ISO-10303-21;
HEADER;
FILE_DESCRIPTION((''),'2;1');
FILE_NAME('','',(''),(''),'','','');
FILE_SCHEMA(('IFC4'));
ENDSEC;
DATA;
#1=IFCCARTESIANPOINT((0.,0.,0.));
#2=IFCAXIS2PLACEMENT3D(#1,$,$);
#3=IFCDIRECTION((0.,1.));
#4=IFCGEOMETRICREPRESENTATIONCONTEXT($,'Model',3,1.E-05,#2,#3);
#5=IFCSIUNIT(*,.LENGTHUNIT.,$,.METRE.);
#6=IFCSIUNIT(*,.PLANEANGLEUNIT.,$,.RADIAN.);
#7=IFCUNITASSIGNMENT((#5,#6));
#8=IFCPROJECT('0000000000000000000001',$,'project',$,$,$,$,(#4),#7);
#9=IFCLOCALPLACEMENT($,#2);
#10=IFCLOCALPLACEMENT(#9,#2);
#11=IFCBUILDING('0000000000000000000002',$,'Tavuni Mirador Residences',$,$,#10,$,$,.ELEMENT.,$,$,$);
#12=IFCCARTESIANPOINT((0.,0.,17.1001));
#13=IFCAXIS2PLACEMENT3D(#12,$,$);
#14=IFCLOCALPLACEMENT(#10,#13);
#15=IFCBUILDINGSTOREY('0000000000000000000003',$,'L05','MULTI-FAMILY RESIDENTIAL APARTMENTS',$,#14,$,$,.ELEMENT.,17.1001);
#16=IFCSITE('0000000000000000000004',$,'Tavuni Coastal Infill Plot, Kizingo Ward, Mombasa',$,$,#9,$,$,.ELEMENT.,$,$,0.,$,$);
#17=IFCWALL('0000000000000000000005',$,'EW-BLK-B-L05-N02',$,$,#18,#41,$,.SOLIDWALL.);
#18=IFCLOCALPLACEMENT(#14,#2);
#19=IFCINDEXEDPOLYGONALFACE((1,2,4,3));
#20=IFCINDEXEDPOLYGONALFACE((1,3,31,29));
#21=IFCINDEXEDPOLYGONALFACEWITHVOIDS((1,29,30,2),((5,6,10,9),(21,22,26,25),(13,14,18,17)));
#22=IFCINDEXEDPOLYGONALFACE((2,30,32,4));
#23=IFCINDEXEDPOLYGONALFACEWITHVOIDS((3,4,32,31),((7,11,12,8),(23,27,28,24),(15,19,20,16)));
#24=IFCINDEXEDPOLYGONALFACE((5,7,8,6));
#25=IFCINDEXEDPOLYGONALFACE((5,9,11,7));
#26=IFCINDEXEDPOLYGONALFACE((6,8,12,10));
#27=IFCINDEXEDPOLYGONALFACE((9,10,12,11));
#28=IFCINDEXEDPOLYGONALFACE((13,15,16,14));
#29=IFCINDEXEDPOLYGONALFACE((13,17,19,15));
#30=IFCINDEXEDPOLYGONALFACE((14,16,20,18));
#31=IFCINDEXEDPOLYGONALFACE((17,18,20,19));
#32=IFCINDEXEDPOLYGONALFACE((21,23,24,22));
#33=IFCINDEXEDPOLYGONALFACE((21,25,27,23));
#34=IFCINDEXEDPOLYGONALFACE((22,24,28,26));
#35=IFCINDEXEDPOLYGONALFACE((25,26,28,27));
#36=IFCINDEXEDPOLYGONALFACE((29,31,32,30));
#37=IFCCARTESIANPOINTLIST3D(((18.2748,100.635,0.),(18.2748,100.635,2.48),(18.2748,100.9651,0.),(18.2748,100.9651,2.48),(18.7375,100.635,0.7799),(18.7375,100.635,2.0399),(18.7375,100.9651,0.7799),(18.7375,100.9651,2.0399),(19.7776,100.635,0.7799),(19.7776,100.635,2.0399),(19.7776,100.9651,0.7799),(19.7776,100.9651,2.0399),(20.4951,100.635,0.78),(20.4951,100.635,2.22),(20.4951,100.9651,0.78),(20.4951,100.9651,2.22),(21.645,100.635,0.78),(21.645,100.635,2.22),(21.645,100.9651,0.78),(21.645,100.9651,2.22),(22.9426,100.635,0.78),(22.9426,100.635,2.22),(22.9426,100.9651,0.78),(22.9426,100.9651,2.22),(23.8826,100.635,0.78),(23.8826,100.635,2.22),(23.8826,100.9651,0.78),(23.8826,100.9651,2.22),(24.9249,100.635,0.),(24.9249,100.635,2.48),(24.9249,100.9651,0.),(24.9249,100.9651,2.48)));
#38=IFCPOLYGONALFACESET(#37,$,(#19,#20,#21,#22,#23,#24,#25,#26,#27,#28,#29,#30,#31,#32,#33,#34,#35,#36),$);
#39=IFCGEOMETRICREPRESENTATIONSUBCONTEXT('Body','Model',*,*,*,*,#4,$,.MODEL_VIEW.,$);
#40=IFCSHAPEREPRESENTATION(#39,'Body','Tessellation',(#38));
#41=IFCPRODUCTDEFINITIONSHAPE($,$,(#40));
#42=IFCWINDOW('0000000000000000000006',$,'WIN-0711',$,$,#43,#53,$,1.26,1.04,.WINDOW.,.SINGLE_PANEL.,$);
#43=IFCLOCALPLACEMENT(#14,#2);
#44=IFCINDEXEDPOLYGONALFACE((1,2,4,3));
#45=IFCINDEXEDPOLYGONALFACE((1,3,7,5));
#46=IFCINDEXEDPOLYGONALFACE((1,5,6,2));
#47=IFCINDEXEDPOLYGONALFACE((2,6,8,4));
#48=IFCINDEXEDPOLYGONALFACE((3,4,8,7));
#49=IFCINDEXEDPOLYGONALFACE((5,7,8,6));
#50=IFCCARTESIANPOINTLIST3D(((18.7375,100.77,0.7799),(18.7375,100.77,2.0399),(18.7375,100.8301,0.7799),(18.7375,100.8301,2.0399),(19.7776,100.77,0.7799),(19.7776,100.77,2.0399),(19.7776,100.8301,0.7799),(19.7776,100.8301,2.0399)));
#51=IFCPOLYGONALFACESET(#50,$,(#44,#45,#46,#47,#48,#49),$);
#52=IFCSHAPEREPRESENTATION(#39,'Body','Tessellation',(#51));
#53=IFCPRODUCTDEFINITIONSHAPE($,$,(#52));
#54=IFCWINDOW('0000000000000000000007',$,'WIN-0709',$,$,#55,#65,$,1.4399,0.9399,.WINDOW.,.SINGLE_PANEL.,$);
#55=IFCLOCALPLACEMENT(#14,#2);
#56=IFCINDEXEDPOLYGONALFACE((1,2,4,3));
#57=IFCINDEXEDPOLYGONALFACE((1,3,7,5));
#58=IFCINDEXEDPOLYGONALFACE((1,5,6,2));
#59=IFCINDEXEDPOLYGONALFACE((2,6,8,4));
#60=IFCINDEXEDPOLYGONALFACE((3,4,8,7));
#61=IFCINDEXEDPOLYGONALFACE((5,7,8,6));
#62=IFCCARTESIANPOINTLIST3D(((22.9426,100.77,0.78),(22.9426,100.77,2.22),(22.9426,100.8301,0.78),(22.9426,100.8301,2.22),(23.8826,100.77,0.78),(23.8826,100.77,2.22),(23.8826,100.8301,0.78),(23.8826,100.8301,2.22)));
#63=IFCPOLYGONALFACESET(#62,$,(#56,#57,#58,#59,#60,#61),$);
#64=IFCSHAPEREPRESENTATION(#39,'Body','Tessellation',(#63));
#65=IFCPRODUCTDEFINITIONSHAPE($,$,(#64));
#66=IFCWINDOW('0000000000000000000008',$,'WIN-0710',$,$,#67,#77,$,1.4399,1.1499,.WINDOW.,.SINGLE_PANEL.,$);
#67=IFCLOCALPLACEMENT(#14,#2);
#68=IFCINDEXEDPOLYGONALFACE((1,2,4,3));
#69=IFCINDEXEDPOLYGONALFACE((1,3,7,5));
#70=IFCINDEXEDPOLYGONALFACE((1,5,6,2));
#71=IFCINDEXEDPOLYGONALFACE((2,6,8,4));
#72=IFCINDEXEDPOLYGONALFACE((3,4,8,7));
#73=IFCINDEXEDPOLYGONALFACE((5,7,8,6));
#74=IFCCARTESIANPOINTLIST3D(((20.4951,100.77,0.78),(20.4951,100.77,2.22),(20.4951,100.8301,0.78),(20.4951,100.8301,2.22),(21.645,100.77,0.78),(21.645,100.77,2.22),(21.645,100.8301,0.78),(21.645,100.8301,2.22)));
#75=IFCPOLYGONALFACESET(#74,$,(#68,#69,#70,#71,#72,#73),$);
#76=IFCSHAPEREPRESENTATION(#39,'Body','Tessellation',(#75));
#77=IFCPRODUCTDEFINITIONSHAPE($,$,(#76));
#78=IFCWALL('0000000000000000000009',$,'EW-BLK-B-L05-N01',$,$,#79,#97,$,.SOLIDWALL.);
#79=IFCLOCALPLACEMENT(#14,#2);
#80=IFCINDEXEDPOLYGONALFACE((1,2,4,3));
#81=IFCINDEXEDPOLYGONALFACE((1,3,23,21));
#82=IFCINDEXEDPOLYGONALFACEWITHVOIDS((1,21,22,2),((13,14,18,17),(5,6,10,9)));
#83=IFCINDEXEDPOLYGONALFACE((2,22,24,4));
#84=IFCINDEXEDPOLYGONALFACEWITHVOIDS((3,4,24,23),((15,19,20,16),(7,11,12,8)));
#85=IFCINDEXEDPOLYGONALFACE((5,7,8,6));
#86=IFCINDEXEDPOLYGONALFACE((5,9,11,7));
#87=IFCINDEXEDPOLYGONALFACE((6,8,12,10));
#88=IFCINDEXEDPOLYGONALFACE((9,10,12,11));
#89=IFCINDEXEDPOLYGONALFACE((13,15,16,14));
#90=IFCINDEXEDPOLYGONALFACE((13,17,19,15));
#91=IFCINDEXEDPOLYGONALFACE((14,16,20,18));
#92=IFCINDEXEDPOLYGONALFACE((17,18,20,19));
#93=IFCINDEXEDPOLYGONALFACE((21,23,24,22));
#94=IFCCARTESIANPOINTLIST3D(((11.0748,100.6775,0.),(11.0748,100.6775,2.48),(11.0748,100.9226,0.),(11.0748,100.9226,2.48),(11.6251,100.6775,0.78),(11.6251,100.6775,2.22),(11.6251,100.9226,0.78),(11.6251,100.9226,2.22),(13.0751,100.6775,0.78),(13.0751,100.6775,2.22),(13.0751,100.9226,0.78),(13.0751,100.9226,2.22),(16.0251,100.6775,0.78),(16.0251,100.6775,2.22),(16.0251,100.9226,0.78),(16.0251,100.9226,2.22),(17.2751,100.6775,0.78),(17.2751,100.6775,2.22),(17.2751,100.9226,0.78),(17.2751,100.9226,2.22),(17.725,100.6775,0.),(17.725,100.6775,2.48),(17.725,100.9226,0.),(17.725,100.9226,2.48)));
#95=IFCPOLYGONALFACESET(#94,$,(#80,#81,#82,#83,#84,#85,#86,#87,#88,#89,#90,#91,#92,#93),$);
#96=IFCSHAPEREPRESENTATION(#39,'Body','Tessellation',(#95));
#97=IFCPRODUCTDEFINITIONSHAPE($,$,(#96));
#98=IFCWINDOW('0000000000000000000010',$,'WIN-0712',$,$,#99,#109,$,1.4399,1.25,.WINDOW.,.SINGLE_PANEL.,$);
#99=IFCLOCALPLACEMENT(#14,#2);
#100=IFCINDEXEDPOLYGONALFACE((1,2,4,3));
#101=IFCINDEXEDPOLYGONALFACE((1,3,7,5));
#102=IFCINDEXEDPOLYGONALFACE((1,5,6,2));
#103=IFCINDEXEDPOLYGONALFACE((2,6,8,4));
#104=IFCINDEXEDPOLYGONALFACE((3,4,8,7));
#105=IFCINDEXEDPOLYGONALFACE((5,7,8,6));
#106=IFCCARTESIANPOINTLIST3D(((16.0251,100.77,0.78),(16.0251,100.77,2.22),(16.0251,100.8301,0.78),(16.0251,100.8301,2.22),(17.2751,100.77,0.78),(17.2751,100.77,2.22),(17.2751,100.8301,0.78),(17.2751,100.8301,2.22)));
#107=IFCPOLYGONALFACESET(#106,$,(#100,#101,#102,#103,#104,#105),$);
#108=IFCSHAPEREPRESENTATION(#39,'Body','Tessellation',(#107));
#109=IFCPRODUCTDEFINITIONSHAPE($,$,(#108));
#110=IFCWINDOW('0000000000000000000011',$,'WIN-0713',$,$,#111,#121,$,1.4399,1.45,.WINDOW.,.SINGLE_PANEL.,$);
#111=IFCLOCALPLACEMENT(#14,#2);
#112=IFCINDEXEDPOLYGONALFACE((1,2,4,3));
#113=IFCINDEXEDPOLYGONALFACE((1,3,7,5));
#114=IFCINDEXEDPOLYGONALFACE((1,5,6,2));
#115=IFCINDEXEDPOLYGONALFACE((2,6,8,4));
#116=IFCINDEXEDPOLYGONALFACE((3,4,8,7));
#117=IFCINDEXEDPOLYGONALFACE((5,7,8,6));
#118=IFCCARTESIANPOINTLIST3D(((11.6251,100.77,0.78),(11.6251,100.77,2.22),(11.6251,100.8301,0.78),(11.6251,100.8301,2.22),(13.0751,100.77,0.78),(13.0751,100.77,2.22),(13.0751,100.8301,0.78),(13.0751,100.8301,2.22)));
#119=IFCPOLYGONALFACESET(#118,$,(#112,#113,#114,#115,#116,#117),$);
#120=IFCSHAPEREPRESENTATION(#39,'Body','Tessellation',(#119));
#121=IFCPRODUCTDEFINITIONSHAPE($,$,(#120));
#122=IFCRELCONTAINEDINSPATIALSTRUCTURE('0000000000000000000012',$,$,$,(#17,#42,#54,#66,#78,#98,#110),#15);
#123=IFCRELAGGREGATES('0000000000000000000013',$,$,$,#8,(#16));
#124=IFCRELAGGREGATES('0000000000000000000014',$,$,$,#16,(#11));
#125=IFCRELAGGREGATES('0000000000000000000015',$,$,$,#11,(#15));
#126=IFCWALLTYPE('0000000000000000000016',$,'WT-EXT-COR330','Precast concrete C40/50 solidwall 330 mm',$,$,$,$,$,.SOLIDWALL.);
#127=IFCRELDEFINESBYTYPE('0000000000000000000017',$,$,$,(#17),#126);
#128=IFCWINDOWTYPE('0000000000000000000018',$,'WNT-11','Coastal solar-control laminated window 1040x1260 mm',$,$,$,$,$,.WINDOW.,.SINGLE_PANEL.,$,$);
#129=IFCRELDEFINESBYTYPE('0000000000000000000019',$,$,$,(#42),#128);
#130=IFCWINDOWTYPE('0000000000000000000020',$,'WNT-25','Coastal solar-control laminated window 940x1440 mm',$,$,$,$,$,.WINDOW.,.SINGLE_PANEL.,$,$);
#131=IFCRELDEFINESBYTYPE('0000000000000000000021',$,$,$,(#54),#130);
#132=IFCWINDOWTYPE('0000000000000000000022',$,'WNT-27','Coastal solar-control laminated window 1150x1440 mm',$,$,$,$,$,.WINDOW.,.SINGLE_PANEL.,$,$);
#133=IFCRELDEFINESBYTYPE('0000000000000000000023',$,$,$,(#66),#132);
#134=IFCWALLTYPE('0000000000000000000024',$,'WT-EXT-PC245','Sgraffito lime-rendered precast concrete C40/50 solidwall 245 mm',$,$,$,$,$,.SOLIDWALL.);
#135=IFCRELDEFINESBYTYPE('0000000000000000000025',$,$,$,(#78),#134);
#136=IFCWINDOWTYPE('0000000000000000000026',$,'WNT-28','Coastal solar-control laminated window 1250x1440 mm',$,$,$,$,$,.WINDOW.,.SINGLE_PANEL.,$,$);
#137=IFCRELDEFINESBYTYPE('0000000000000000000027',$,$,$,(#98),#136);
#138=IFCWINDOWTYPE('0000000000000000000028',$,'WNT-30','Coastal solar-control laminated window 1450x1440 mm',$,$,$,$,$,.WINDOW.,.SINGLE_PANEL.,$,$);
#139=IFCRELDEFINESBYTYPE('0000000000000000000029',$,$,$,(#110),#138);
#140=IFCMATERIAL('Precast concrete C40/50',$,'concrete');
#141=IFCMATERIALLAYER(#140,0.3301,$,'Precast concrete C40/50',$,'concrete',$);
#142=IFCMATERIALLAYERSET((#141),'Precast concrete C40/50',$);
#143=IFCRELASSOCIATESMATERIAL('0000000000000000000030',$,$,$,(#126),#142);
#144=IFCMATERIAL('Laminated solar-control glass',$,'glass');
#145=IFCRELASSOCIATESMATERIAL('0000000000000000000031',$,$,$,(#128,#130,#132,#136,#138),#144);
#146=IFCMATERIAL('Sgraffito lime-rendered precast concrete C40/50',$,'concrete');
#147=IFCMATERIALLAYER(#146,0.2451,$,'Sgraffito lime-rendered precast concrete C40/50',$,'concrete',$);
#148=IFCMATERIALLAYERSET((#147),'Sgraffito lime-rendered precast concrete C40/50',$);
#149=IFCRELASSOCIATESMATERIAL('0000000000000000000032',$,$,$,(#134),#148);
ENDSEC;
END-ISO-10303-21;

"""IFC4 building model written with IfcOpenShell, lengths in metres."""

from ifc_helpers import new_model, si_unit, direction, frame, frame_2d, origin, place, context, subcontext, project, spatial, rectangle, extrude, material, layer, layer_set, type_object, element, fill, save


model = new_model("IFC4")

# Units and contexts
model_context = context("Model", 3, precision=1e-05, world=origin(), true_north=direction((0.0, 1.0)))
body_context = subcontext(model_context, "Body", "Model", "MODEL_VIEW")
ifc_project = project(units=[si_unit("LENGTHUNIT", "METRE"), si_unit("PLANEANGLEUNIT", "RADIAN")], contexts=[model_context])

# Site, building, storey
site_placement = place(None, origin())
site = spatial("IfcSite", under=ifc_project, at=site_placement, Name="Tavuni Coastal Infill Plot, Kizingo Ward, Mombasa", CompositionType="ELEMENT", RefElevation=0.0)
building_placement = place(site_placement, origin())
building = spatial("IfcBuilding", under=site, at=building_placement, Name="Tavuni Mirador Residences", CompositionType="ELEMENT")
storey_placement = place(building_placement, frame((0.0, 0.0, 17.1001)))
storey = spatial("IfcBuildingStorey", under=building, at=storey_placement, Name="L05", Description="MULTI-FAMILY RESIDENTIAL APARTMENTS", CompositionType="ELEMENT", Elevation=17.1001)

# Shared definitions
ifc_material_1 = material(Name="Precast concrete C40/50", Category="concrete")

# Walls, openings, windows
ifc_layer_1 = layer(ifc_material_1, 0.3301, Name="Precast concrete C40/50", Category="concrete")
ifc_layer_set_1 = layer_set([ifc_layer_1], Name="Precast concrete C40/50")
wall_type_1 = type_object("IfcWallType", Name="WT-EXT-COR330", Description="Precast concrete C40/50 solidwall 330 mm", PredefinedType="SOLIDWALL", material=ifc_layer_set_1)
wall_1_placement = place(storey_placement, frame((24.925, 100.8, 0.0), z_axis=(0.0, 0.0, 1.0), x_axis=(-1.0, 0.0, 0.0)))
wall_1 = element("IfcWall", 1, at=wall_1_placement, inside=storey, type_object=wall_type_1, Name="EW-BLK-B-L05-N02", PredefinedType="SOLIDWALL", context=body_context, shape_type="SweptSolid", body=[
    extrude(rectangle(XDim=6.6501, YDim=0.3301, at=frame_2d((3.3252, 0.0))), origin(), (0.0, 0.0, 1.0), 2.48),
])
opening_1_placement = place(wall_1_placement, frame((1.0425, 0.0, 0.78)))
opening_1 = element("IfcOpeningElement", 2, at=opening_1_placement, cuts=wall_1, PredefinedType="OPENING", context=body_context, shape_type="SweptSolid", body=[
    extrude(rectangle(XDim=0.9399, YDim=1.4399, at=frame_2d((0.47, 0.72))), frame((0.0, 0.175, 0.0), z_axis=(0.0, -1.0, 0.0), x_axis=(1.0, 0.0, 0.0)), (0.0, 0.0, 1.0), 0.3501),
])
opening_2_placement = place(wall_1_placement, frame((3.28, 0.0, 0.78)))
opening_2 = element("IfcOpeningElement", 3, at=opening_2_placement, cuts=wall_1, PredefinedType="OPENING", context=body_context, shape_type="SweptSolid", body=[
    extrude(rectangle(XDim=1.1499, YDim=1.4399, at=frame_2d((0.575, 0.72))), frame((0.0, 0.175, 0.0), z_axis=(0.0, -1.0, 0.0), x_axis=(1.0, 0.0, 0.0)), (0.0, 0.0, 1.0), 0.3501),
])
opening_3_placement = place(wall_1_placement, frame((5.1475, 0.0, 0.78)))
opening_3 = element("IfcOpeningElement", 4, at=opening_3_placement, cuts=wall_1, PredefinedType="OPENING", context=body_context, shape_type="SweptSolid", body=[
    extrude(rectangle(XDim=1.04, YDim=1.26, at=frame_2d((0.52, 0.6299))), frame((0.0, 0.175, 0.0), z_axis=(0.0, -1.0, 0.0), x_axis=(1.0, 0.0, 0.0)), (0.0, 0.0, 1.0), 0.3501),
])
ifc_material_2 = material(Name="Laminated solar-control glass", Category="glass")
window_type_1 = type_object("IfcWindowType", Name="WNT-11", Description="Coastal solar-control laminated window 1040x1260 mm", PartitioningType="SINGLE_PANEL", PredefinedType="WINDOW", material=ifc_material_2)
window_1_placement = place(opening_3_placement, origin())
window_1 = element("IfcWindow", 5, at=window_1_placement, inside=storey, type_object=window_type_1, Name="WIN-0711", OverallHeight=1.26, OverallWidth=1.04, PartitioningType="SINGLE_PANEL", PredefinedType="WINDOW", context=body_context, shape_type="SweptSolid", body=[
    extrude(rectangle(XDim=1.04, YDim=1.26, at=frame_2d((0.52, 0.6299))), frame((0.0, 0.03, 0.0), z_axis=(0.0, -1.0, 0.0), x_axis=(1.0, 0.0, 0.0)), (0.0, 0.0, 1.0), 0.0601),
])
fill(opening_3, window_1)
window_type_2 = type_object("IfcWindowType", Name="WNT-25", Description="Coastal solar-control laminated window 940x1440 mm", PartitioningType="SINGLE_PANEL", PredefinedType="WINDOW", material=ifc_material_2)
window_2_placement = place(opening_1_placement, origin())
window_2 = element("IfcWindow", 6, at=window_2_placement, inside=storey, type_object=window_type_2, Name="WIN-0709", OverallHeight=1.4399, OverallWidth=0.9399, PartitioningType="SINGLE_PANEL", PredefinedType="WINDOW", context=body_context, shape_type="SweptSolid", body=[
    extrude(rectangle(XDim=0.9399, YDim=1.4399, at=frame_2d((0.47, 0.72))), frame((0.0, 0.03, 0.0), z_axis=(0.0, -1.0, 0.0), x_axis=(1.0, 0.0, 0.0)), (0.0, 0.0, 1.0), 0.0601),
])
fill(opening_1, window_2)
window_type_3 = type_object("IfcWindowType", Name="WNT-27", Description="Coastal solar-control laminated window 1150x1440 mm", PartitioningType="SINGLE_PANEL", PredefinedType="WINDOW", material=ifc_material_2)
window_3_placement = place(opening_2_placement, origin())
window_3 = element("IfcWindow", 7, at=window_3_placement, inside=storey, type_object=window_type_3, Name="WIN-0710", OverallHeight=1.4399, OverallWidth=1.1499, PartitioningType="SINGLE_PANEL", PredefinedType="WINDOW", context=body_context, shape_type="SweptSolid", body=[
    extrude(rectangle(XDim=1.1499, YDim=1.4399, at=frame_2d((0.575, 0.72))), frame((0.0, 0.03, 0.0), z_axis=(0.0, -1.0, 0.0), x_axis=(1.0, 0.0, 0.0)), (0.0, 0.0, 1.0), 0.0601),
])
fill(opening_2, window_3)
ifc_material_3 = material(Name="Sgraffito lime-rendered precast concrete C40/50", Category="concrete")
ifc_layer_2 = layer(ifc_material_3, 0.2451, Name="Sgraffito lime-rendered precast concrete C40/50", Category="concrete")
ifc_layer_set_2 = layer_set([ifc_layer_2], Name="Sgraffito lime-rendered precast concrete C40/50")
wall_type_2 = type_object("IfcWallType", Name="WT-EXT-PC245", Description="Sgraffito lime-rendered precast concrete C40/50 solidwall 245 mm", PredefinedType="SOLIDWALL", material=ifc_layer_set_2)
wall_2_placement = place(storey_placement, frame((17.7251, 100.8, 0.0), z_axis=(0.0, 0.0, 1.0), x_axis=(-1.0, 0.0, 0.0)))
wall_2 = element("IfcWall", 8, at=wall_2_placement, inside=storey, type_object=wall_type_2, Name="EW-BLK-B-L05-N01", PredefinedType="SOLIDWALL", context=body_context, shape_type="SweptSolid", body=[
    extrude(rectangle(XDim=6.6501, YDim=0.2451, at=frame_2d((3.3252, 0.0))), origin(), (0.0, 0.0, 1.0), 2.48),
])
opening_4_placement = place(wall_2_placement, frame((0.45, 0.0, 0.78)))
opening_4 = element("IfcOpeningElement", 9, at=opening_4_placement, cuts=wall_2, PredefinedType="OPENING", context=body_context, shape_type="SweptSolid", body=[
    extrude(rectangle(XDim=1.25, YDim=1.4399, at=frame_2d((0.625, 0.72))), frame((0.0, 0.1326, 0.0), z_axis=(0.0, -1.0, 0.0), x_axis=(1.0, 0.0, 0.0)), (0.0, 0.0, 1.0), 0.2651),
])
opening_5_placement = place(wall_2_placement, frame((4.6499, 0.0, 0.78)))
opening_5 = element("IfcOpeningElement", 10, at=opening_5_placement, cuts=wall_2, PredefinedType="OPENING", context=body_context, shape_type="SweptSolid", body=[
    extrude(rectangle(XDim=1.45, YDim=1.4399, at=frame_2d((0.7251, 0.72))), frame((0.0, 0.1326, 0.0), z_axis=(0.0, -1.0, 0.0), x_axis=(1.0, 0.0, 0.0)), (0.0, 0.0, 1.0), 0.2651),
])
window_type_4 = type_object("IfcWindowType", Name="WNT-28", Description="Coastal solar-control laminated window 1250x1440 mm", PartitioningType="SINGLE_PANEL", PredefinedType="WINDOW", material=ifc_material_2)
window_4_placement = place(opening_4_placement, origin())
window_4 = element("IfcWindow", 11, at=window_4_placement, inside=storey, type_object=window_type_4, Name="WIN-0712", OverallHeight=1.4399, OverallWidth=1.25, PartitioningType="SINGLE_PANEL", PredefinedType="WINDOW", context=body_context, shape_type="SweptSolid", body=[
    extrude(rectangle(XDim=1.25, YDim=1.4399, at=frame_2d((0.625, 0.72))), frame((0.0, 0.03, 0.0), z_axis=(0.0, -1.0, 0.0), x_axis=(1.0, 0.0, 0.0)), (0.0, 0.0, 1.0), 0.0601),
])
fill(opening_4, window_4)
window_type_5 = type_object("IfcWindowType", Name="WNT-30", Description="Coastal solar-control laminated window 1450x1440 mm", PartitioningType="SINGLE_PANEL", PredefinedType="WINDOW", material=ifc_material_2)
window_5_placement = place(opening_5_placement, origin())
window_5 = element("IfcWindow", 12, at=window_5_placement, inside=storey, type_object=window_type_5, Name="WIN-0713", OverallHeight=1.4399, OverallWidth=1.45, PartitioningType="SINGLE_PANEL", PredefinedType="WINDOW", context=body_context, shape_type="SweptSolid", body=[
    extrude(rectangle(XDim=1.45, YDim=1.4399, at=frame_2d((0.7251, 0.72))), frame((0.0, 0.03, 0.0), z_axis=(0.0, -1.0, 0.0), x_axis=(1.0, 0.0, 0.0)), (0.0, 0.0, 1.0), 0.0601),
])
fill(opening_5, window_5)

save(model, "model.ifc")
